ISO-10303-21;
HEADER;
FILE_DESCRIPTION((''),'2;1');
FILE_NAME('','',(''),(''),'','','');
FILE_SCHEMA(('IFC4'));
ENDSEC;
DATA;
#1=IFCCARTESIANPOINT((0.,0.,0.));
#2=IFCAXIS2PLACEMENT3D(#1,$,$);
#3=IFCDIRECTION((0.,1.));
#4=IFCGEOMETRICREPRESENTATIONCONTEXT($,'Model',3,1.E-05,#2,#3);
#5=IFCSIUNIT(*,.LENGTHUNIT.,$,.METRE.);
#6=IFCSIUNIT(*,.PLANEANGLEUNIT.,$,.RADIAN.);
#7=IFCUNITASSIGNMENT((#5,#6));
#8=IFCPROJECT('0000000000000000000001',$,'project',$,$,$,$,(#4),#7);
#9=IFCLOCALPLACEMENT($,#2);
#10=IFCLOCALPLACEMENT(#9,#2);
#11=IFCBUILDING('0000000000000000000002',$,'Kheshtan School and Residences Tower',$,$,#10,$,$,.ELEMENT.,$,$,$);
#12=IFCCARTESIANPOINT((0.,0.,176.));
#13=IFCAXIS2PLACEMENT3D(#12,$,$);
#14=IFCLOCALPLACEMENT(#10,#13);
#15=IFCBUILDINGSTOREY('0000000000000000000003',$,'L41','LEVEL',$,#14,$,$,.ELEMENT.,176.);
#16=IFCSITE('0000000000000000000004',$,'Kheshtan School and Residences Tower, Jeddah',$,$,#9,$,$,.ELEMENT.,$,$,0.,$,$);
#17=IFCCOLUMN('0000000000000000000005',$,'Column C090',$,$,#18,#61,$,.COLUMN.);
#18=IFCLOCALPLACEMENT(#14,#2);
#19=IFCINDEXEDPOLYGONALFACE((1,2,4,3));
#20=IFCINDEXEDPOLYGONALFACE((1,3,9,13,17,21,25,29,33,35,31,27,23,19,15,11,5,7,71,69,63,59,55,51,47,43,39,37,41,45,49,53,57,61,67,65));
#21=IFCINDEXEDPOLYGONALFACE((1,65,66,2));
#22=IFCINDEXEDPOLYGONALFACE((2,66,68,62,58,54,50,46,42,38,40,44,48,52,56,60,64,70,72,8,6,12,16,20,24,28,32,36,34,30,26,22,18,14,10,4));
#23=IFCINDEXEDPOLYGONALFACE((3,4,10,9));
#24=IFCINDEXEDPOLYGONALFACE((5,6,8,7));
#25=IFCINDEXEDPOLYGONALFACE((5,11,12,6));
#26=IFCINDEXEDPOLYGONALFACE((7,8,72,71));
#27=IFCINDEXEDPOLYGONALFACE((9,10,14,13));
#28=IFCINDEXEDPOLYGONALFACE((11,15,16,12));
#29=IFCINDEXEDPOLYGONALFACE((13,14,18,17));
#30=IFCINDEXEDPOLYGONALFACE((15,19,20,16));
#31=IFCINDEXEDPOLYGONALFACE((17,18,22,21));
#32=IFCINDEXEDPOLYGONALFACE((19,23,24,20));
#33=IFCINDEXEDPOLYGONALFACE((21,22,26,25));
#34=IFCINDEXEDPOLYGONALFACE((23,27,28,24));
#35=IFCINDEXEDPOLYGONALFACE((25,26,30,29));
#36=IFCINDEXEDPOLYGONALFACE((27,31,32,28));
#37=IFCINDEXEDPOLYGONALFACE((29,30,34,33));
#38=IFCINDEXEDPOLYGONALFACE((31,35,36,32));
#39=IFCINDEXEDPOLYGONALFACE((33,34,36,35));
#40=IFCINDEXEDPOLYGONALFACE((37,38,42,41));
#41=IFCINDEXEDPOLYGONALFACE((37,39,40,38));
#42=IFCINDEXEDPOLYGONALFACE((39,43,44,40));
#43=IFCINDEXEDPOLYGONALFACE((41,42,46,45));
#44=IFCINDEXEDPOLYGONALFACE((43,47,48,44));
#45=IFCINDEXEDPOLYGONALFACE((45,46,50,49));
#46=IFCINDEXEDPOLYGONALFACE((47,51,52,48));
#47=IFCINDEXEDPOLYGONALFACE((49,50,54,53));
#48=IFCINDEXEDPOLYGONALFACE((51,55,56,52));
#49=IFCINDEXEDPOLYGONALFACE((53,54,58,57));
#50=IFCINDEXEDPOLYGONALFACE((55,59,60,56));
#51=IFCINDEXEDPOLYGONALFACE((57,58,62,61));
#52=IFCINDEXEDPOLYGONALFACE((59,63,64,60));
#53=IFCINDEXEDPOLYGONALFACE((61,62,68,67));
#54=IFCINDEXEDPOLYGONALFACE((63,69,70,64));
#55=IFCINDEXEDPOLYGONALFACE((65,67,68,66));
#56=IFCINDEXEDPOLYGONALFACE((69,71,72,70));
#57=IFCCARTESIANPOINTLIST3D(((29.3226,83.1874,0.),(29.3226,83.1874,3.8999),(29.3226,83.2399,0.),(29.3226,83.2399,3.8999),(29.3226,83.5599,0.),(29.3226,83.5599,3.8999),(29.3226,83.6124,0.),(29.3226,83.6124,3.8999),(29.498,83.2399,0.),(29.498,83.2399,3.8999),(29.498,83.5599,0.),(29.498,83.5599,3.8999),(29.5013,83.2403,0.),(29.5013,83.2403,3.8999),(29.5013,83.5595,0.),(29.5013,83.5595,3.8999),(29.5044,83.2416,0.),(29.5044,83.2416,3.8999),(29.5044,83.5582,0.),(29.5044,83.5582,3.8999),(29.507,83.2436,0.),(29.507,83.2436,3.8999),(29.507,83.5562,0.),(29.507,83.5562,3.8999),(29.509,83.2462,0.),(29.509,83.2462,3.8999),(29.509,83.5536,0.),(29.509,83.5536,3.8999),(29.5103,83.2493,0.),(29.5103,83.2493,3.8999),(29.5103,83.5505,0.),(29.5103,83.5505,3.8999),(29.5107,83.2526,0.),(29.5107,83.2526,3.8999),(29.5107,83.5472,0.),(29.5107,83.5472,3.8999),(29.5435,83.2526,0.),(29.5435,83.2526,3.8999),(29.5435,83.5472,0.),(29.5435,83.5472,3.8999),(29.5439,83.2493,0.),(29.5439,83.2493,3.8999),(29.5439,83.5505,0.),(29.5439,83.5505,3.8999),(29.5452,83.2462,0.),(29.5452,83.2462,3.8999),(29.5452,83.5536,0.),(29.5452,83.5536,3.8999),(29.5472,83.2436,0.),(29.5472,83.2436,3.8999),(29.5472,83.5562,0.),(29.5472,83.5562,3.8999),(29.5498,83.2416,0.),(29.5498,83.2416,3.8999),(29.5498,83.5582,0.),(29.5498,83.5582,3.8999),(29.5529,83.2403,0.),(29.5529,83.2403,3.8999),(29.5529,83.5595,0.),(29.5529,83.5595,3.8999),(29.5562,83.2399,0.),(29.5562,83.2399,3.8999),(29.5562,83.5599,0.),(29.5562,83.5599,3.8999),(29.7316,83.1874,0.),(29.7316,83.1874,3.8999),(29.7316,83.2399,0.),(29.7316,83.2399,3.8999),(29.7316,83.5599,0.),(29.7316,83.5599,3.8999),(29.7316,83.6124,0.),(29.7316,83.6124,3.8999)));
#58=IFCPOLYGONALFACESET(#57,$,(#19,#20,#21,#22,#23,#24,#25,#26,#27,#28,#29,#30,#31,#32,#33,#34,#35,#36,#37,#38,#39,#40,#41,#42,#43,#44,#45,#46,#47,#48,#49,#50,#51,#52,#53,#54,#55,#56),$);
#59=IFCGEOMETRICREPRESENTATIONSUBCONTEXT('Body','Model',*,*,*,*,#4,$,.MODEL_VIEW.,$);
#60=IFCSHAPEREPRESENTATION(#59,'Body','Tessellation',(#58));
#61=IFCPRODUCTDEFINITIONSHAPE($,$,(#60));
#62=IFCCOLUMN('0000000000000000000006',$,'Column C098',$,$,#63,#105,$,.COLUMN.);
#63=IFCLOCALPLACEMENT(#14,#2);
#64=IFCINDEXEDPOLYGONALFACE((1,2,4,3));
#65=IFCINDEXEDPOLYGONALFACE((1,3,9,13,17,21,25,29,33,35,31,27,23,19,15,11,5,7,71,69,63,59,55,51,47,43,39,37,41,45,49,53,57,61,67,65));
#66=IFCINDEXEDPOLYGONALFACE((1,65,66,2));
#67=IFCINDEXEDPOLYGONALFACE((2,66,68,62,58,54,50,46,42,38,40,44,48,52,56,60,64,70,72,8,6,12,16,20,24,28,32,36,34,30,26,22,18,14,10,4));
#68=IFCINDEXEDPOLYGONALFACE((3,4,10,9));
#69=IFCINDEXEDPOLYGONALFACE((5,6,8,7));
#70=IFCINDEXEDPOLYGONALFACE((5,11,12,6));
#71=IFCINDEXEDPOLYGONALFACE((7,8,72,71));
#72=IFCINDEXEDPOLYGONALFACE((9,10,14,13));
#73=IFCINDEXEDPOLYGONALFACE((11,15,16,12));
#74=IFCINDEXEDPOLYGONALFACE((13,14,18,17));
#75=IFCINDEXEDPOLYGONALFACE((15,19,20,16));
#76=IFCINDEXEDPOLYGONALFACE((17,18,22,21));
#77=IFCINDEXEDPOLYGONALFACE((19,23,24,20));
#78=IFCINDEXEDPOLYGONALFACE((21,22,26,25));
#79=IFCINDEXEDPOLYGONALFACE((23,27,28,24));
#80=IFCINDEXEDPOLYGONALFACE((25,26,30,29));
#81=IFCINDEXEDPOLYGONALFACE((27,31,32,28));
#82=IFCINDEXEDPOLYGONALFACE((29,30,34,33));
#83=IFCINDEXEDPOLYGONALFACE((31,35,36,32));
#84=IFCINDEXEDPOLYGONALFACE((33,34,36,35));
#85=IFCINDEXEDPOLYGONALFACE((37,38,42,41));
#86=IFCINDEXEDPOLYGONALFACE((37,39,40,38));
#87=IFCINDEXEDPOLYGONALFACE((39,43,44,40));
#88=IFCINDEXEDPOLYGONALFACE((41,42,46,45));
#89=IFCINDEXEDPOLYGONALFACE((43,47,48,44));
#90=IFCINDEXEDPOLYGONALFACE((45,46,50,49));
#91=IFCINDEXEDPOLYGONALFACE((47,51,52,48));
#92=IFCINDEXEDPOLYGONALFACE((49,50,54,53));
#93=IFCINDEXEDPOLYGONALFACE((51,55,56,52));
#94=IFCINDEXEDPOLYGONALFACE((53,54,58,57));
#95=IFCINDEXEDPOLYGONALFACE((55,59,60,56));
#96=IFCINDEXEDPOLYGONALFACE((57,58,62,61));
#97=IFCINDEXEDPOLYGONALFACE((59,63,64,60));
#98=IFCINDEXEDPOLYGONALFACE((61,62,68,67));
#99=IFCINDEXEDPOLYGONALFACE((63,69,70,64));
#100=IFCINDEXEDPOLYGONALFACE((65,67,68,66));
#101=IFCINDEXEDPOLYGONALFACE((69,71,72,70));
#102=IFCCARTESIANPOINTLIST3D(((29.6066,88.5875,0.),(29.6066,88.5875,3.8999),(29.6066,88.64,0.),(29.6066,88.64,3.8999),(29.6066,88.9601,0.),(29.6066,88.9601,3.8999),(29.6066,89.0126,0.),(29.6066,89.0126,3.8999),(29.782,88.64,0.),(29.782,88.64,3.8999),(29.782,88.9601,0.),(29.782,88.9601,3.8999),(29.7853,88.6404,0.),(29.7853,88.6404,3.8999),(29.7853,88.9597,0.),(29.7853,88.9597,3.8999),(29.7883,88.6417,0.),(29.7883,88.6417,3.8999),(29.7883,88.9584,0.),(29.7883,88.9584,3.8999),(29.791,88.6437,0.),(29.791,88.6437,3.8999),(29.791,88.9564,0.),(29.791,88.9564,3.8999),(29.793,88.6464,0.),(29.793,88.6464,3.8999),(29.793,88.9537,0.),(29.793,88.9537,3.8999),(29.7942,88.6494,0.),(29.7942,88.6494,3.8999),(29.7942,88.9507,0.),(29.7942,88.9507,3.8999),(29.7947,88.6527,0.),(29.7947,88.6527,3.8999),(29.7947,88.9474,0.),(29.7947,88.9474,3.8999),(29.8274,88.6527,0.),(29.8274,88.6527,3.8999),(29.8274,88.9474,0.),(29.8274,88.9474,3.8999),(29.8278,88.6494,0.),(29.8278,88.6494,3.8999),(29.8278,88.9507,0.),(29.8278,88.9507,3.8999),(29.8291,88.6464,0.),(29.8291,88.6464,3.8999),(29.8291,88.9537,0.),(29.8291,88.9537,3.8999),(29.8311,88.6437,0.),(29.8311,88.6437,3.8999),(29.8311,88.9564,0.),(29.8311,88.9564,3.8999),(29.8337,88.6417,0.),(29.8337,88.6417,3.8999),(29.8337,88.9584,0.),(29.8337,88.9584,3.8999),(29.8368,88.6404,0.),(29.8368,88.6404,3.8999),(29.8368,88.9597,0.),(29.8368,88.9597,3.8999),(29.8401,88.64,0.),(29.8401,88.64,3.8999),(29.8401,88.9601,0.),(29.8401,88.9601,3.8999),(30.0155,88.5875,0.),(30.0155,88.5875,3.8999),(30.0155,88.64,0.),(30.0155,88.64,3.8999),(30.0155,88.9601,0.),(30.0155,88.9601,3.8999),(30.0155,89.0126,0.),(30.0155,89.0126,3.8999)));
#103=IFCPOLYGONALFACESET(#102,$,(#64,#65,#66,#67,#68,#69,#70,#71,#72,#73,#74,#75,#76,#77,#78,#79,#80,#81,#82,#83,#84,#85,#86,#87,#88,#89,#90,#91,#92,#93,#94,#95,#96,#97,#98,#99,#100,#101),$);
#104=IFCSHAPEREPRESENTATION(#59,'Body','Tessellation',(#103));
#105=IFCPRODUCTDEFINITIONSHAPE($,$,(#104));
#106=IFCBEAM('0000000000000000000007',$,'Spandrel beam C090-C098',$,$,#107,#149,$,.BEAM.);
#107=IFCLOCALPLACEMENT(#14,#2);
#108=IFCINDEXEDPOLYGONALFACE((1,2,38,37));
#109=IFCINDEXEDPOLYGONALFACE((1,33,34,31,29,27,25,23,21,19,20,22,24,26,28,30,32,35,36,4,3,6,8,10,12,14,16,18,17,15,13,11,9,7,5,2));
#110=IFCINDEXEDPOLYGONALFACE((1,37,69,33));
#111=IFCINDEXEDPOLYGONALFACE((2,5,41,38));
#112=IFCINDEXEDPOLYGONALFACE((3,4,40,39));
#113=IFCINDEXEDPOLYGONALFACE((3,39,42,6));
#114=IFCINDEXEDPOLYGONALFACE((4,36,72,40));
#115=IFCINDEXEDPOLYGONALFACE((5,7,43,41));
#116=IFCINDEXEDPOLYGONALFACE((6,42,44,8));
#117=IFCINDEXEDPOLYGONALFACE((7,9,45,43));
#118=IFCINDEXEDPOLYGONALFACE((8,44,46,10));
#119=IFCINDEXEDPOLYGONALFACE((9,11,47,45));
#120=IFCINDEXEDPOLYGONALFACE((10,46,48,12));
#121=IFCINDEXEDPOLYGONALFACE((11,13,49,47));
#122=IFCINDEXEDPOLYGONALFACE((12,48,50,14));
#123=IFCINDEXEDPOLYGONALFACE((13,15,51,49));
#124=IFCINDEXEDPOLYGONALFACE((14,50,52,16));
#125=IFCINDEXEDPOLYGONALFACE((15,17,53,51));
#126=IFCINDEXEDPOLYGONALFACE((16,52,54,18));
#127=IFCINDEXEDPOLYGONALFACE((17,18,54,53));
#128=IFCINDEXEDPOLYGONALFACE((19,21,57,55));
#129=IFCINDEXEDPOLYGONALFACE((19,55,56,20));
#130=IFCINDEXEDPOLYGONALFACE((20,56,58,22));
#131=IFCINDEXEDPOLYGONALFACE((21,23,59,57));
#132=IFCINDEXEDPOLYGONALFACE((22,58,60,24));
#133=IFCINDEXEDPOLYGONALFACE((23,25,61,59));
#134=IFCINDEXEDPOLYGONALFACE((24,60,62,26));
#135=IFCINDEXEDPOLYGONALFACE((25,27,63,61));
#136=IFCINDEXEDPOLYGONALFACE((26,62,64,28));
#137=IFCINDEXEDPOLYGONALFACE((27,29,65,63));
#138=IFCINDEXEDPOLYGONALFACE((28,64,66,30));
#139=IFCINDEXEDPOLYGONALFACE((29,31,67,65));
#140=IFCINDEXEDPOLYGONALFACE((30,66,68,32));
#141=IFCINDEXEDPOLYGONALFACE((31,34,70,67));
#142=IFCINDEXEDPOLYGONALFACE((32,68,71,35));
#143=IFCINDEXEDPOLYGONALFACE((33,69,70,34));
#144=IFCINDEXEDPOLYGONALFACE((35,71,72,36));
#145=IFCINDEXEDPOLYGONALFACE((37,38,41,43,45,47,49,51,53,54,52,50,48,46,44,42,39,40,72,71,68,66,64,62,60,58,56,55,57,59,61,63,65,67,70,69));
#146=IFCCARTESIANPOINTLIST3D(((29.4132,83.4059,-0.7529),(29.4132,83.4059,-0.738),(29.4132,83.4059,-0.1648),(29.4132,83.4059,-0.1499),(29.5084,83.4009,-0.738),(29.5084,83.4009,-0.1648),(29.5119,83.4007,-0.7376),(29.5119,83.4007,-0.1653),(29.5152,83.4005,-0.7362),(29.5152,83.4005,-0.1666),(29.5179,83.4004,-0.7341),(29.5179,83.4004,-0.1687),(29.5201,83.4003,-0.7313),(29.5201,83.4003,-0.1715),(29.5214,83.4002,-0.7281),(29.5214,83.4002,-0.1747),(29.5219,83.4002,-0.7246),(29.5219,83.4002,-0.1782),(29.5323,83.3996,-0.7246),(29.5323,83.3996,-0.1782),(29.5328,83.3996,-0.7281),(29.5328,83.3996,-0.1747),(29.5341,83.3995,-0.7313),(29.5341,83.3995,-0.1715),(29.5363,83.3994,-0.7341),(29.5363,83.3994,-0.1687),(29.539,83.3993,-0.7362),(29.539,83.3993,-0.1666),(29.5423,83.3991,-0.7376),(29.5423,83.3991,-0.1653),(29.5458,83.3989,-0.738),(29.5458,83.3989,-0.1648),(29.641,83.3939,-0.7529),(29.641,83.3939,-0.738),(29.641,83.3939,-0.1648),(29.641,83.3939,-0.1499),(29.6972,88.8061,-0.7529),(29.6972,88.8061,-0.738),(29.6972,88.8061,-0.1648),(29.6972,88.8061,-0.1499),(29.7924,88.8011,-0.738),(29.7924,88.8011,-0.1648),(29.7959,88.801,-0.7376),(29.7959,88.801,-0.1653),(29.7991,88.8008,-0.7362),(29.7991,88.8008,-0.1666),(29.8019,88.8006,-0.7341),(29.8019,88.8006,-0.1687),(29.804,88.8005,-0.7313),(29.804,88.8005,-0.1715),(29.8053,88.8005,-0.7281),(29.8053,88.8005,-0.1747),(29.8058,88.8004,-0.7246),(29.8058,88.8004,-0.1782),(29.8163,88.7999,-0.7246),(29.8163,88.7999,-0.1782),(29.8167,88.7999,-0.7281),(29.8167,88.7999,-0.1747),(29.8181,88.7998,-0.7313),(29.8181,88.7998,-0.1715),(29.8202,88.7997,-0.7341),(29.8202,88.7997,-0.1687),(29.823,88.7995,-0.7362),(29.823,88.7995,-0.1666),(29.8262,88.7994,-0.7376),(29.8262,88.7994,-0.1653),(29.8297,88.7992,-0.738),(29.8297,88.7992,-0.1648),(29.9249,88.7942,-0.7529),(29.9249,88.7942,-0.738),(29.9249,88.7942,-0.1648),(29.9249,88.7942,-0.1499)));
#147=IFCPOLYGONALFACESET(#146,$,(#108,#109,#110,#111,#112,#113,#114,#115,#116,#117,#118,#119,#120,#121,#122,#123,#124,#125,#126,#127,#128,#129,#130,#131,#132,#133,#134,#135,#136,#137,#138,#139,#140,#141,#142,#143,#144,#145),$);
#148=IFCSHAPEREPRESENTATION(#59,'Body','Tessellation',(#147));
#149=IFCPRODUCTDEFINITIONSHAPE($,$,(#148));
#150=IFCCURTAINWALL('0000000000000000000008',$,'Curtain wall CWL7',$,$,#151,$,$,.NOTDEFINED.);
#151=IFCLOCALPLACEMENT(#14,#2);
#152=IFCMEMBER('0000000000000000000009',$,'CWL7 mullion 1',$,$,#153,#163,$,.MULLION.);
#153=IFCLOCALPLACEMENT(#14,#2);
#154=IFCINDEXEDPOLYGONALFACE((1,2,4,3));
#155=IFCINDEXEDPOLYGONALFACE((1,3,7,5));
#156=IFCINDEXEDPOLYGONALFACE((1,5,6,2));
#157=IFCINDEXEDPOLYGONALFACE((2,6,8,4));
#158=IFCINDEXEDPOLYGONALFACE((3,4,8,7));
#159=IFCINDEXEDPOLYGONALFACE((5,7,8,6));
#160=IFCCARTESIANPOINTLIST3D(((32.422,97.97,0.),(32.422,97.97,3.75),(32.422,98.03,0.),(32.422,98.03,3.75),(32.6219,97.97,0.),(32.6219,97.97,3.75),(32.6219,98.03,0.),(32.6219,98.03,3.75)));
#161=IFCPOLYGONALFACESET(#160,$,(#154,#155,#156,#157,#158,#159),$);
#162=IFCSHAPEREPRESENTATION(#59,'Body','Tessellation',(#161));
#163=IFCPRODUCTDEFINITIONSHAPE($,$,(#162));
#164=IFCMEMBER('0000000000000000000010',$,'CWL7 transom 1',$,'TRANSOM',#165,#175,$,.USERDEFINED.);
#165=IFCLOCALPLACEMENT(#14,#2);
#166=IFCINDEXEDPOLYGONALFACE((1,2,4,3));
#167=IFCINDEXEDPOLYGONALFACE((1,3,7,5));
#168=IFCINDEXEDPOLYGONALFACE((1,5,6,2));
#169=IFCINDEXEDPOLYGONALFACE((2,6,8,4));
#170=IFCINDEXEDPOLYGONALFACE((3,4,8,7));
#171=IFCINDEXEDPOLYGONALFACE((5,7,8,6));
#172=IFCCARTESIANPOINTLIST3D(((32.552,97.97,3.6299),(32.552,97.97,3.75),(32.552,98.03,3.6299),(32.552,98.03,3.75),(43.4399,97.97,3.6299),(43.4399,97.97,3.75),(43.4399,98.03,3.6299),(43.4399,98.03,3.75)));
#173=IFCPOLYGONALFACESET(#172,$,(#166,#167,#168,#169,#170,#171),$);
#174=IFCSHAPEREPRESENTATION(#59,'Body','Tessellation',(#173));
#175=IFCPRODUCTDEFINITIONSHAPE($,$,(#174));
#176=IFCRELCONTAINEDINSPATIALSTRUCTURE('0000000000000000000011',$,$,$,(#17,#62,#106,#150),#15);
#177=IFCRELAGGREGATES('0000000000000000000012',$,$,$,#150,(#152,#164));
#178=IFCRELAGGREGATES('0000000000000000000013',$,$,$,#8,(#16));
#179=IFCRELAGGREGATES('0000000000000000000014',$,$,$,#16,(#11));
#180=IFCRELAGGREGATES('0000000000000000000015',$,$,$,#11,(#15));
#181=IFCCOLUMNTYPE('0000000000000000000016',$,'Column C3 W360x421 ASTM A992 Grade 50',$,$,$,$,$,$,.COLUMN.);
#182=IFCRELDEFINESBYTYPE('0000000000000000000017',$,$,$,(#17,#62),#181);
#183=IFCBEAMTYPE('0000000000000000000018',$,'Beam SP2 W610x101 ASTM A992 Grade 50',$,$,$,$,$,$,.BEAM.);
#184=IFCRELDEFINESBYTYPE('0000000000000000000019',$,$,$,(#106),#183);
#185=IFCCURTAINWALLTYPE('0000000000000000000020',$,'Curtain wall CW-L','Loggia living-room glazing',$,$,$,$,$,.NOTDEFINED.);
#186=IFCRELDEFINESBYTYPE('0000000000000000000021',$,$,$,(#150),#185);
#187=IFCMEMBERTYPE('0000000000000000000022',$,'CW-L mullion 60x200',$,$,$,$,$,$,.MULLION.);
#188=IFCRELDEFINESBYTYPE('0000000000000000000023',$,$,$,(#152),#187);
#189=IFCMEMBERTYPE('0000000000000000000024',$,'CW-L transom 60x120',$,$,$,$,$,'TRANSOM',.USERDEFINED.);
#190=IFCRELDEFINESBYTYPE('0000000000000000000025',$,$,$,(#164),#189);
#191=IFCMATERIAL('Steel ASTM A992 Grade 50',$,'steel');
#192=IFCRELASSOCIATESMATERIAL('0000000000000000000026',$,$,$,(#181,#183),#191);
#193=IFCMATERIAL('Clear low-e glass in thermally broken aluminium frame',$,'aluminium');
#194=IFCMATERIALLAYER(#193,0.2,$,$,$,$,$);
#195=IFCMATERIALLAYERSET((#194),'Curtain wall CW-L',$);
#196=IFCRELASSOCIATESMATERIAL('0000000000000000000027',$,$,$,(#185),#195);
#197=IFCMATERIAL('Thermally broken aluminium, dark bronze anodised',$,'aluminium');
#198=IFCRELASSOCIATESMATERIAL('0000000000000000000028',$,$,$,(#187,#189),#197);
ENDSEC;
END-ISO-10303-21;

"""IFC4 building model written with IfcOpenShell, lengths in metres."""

from ifc_helpers import new_model, si_unit, direction, frame, origin, origin_2d, place, context, subcontext, project, spatial, rectangle, i_section, extrude, material, layer, layer_set, material_profile, profile_set, type_object, element, aggregate, save


model = new_model("IFC4")

# Units and contexts
model_context = context("Model", 3, precision=1e-05, world=origin(), true_north=direction((0.0, 1.0)))
body_context = subcontext(model_context, "Body", "Model", "MODEL_VIEW")
ifc_project = project(units=[si_unit("LENGTHUNIT", "METRE"), si_unit("PLANEANGLEUNIT", "RADIAN")], contexts=[model_context])

# Site, building, storey
site_placement = place(None, origin())
site = spatial("IfcSite", under=ifc_project, at=site_placement, Name="Kheshtan School and Residences Tower, Jeddah", CompositionType="ELEMENT", RefElevation=0.0)
building_placement = place(site_placement, origin())
building = spatial("IfcBuilding", under=site, at=building_placement, Name="Kheshtan School and Residences Tower", CompositionType="ELEMENT")
storey_placement = place(building_placement, frame((0.0, 0.0, 176.0)))
storey = spatial("IfcBuildingStorey", under=building, at=storey_placement, Name="L41", Description="LEVEL", CompositionType="ELEMENT", Elevation=176.0)

# Columns
ifc_material_1 = material(Name="Steel ASTM A992 Grade 50", Category="steel")
ifc_material_profile_1 = material_profile(ifc_material_1, i_section(OverallWidth=0.4089, OverallDepth=0.425, WebThickness=0.0327, FlangeThickness=0.0525, FilletRadius=0.0127, at=origin_2d()), Name="W360x421")
ifc_profile_set_1 = profile_set([ifc_material_profile_1], Name="Steel ASTM A992 Grade 50")
column_type = type_object("IfcColumnType", Name="Column C3 W360x421 ASTM A992 Grade 50", PredefinedType="COLUMN", material=ifc_profile_set_1)
for number, where, z_axis, x_axis, name in (
    (1, (29.5271, 83.3999, 0.0), (0.0, 0.0, 1.0), (1.0, 0.0, 0.0), "Column C090"),
    (2, (29.811, 88.8, 0.0), (0.0, 0.0, 1.0), (1.0, 0.0, 0.0), "Column C098"),
):
    element("IfcColumn", number, at=place(storey_placement, frame(where, z_axis=z_axis, x_axis=x_axis)), inside=storey, type_object=column_type, Name=name, PredefinedType="COLUMN", context=body_context, shape_type="SweptSolid", body=[
        extrude(i_section(OverallWidth=0.4089, OverallDepth=0.425, WebThickness=0.0327, FlangeThickness=0.0525, FilletRadius=0.0127, at=origin_2d()), origin(), (0.0, 0.0, 1.0), 3.8999),
    ])

# Beam
ifc_material_profile_2 = material_profile(ifc_material_1, i_section(OverallWidth=0.228, OverallDepth=0.603, WebThickness=0.0105, FlangeThickness=0.0149, FilletRadius=0.0134, at=origin_2d()), Name="W610x101")
ifc_profile_set_2 = profile_set([ifc_material_profile_2], Name="Steel ASTM A992 Grade 50")
beam_type_1 = type_object("IfcBeamType", Name="Beam SP2 W610x101 ASTM A992 Grade 50", PredefinedType="BEAM", material=ifc_profile_set_2)
beam_1_placement = place(storey_placement, frame((29.5271, 83.3999, -0.4514), z_axis=(0.052507, 0.998621, 0.0), x_axis=(-0.998621, 0.052507, 0.0)))
element("IfcBeam", 3, at=beam_1_placement, inside=storey, type_object=beam_type_1, Name="Spandrel beam C090-C098", PredefinedType="BEAM", context=body_context, shape_type="SweptSolid", body=[
    extrude(i_section(OverallWidth=0.228, OverallDepth=0.603, WebThickness=0.0105, FlangeThickness=0.0149, FilletRadius=0.0134, at=origin_2d()), origin(), (0.0, 0.0, 1.0), 5.4077),
])

# Curtain wall, members
ifc_material_2 = material(Name="Clear low-e glass in thermally broken aluminium frame", Category="aluminium")
ifc_layer_1 = layer(ifc_material_2, 0.2)
ifc_layer_set_1 = layer_set([ifc_layer_1], Name="Curtain wall CW-L")
curtain_wall_type = type_object("IfcCurtainWallType", Name="Curtain wall CW-L", Description="Loggia living-room glazing", PredefinedType="NOTDEFINED", material=ifc_layer_set_1)
curtain_wall_placement = place(storey_placement, origin())
curtain_wall = element("IfcCurtainWall", 4, at=curtain_wall_placement, inside=storey, type_object=curtain_wall_type, Name="Curtain wall CWL7", PredefinedType="NOTDEFINED")
ifc_material_3 = material(Name="Thermally broken aluminium, dark bronze anodised", Category="aluminium")
ifc_material_profile_3 = material_profile(ifc_material_3, rectangle(XDim=0.0601, YDim=0.2, at=origin_2d()), Name="CW-L mullion 60x200")
ifc_profile_set_3 = profile_set([ifc_material_profile_3], Name="Thermally broken aluminium, dark bronze anodised")
member_type_1 = type_object("IfcMemberType", Name="CW-L mullion 60x200", PredefinedType="MULLION", material=ifc_profile_set_3)
member_1_placement = place(storey_placement, frame((32.522, 98.0, 0.0), z_axis=(0.0, 0.0, 1.0), x_axis=(0.0, 1.0, 0.0)))
member_1 = element("IfcMember", 5, at=member_1_placement, type_object=member_type_1, Name="CWL7 mullion 1", PredefinedType="MULLION", context=body_context, shape_type="SweptSolid", body=[
    extrude(rectangle(XDim=0.0601, YDim=0.2, at=origin_2d()), origin(), (0.0, 0.0, 1.0), 3.75),
])
ifc_material_profile_4 = material_profile(ifc_material_3, rectangle(XDim=0.0601, YDim=0.1201, at=origin_2d()), Name="CW-L transom 60x120")
ifc_profile_set_4 = profile_set([ifc_material_profile_4], Name="Thermally broken aluminium, dark bronze anodised")
member_type_2 = type_object("IfcMemberType", Name="CW-L transom 60x120", ElementType="TRANSOM", PredefinedType="USERDEFINED", material=ifc_profile_set_4)
member_2_placement = place(storey_placement, frame((32.552, 98.0, 3.6899), z_axis=(1.0, 0.0, 0.0), x_axis=(0.0, 1.0, 0.0)))
member_2 = element("IfcMember", 6, at=member_2_placement, type_object=member_type_2, Name="CWL7 transom 1", ObjectType="TRANSOM", PredefinedType="USERDEFINED", context=body_context, shape_type="SweptSolid", body=[
    extrude(rectangle(XDim=0.0601, YDim=0.1201, at=origin_2d()), origin(), (0.0, 0.0, 1.0), 10.8879),
])

aggregate(curtain_wall, [member_1, member_2])

save(model, "model.ifc")
